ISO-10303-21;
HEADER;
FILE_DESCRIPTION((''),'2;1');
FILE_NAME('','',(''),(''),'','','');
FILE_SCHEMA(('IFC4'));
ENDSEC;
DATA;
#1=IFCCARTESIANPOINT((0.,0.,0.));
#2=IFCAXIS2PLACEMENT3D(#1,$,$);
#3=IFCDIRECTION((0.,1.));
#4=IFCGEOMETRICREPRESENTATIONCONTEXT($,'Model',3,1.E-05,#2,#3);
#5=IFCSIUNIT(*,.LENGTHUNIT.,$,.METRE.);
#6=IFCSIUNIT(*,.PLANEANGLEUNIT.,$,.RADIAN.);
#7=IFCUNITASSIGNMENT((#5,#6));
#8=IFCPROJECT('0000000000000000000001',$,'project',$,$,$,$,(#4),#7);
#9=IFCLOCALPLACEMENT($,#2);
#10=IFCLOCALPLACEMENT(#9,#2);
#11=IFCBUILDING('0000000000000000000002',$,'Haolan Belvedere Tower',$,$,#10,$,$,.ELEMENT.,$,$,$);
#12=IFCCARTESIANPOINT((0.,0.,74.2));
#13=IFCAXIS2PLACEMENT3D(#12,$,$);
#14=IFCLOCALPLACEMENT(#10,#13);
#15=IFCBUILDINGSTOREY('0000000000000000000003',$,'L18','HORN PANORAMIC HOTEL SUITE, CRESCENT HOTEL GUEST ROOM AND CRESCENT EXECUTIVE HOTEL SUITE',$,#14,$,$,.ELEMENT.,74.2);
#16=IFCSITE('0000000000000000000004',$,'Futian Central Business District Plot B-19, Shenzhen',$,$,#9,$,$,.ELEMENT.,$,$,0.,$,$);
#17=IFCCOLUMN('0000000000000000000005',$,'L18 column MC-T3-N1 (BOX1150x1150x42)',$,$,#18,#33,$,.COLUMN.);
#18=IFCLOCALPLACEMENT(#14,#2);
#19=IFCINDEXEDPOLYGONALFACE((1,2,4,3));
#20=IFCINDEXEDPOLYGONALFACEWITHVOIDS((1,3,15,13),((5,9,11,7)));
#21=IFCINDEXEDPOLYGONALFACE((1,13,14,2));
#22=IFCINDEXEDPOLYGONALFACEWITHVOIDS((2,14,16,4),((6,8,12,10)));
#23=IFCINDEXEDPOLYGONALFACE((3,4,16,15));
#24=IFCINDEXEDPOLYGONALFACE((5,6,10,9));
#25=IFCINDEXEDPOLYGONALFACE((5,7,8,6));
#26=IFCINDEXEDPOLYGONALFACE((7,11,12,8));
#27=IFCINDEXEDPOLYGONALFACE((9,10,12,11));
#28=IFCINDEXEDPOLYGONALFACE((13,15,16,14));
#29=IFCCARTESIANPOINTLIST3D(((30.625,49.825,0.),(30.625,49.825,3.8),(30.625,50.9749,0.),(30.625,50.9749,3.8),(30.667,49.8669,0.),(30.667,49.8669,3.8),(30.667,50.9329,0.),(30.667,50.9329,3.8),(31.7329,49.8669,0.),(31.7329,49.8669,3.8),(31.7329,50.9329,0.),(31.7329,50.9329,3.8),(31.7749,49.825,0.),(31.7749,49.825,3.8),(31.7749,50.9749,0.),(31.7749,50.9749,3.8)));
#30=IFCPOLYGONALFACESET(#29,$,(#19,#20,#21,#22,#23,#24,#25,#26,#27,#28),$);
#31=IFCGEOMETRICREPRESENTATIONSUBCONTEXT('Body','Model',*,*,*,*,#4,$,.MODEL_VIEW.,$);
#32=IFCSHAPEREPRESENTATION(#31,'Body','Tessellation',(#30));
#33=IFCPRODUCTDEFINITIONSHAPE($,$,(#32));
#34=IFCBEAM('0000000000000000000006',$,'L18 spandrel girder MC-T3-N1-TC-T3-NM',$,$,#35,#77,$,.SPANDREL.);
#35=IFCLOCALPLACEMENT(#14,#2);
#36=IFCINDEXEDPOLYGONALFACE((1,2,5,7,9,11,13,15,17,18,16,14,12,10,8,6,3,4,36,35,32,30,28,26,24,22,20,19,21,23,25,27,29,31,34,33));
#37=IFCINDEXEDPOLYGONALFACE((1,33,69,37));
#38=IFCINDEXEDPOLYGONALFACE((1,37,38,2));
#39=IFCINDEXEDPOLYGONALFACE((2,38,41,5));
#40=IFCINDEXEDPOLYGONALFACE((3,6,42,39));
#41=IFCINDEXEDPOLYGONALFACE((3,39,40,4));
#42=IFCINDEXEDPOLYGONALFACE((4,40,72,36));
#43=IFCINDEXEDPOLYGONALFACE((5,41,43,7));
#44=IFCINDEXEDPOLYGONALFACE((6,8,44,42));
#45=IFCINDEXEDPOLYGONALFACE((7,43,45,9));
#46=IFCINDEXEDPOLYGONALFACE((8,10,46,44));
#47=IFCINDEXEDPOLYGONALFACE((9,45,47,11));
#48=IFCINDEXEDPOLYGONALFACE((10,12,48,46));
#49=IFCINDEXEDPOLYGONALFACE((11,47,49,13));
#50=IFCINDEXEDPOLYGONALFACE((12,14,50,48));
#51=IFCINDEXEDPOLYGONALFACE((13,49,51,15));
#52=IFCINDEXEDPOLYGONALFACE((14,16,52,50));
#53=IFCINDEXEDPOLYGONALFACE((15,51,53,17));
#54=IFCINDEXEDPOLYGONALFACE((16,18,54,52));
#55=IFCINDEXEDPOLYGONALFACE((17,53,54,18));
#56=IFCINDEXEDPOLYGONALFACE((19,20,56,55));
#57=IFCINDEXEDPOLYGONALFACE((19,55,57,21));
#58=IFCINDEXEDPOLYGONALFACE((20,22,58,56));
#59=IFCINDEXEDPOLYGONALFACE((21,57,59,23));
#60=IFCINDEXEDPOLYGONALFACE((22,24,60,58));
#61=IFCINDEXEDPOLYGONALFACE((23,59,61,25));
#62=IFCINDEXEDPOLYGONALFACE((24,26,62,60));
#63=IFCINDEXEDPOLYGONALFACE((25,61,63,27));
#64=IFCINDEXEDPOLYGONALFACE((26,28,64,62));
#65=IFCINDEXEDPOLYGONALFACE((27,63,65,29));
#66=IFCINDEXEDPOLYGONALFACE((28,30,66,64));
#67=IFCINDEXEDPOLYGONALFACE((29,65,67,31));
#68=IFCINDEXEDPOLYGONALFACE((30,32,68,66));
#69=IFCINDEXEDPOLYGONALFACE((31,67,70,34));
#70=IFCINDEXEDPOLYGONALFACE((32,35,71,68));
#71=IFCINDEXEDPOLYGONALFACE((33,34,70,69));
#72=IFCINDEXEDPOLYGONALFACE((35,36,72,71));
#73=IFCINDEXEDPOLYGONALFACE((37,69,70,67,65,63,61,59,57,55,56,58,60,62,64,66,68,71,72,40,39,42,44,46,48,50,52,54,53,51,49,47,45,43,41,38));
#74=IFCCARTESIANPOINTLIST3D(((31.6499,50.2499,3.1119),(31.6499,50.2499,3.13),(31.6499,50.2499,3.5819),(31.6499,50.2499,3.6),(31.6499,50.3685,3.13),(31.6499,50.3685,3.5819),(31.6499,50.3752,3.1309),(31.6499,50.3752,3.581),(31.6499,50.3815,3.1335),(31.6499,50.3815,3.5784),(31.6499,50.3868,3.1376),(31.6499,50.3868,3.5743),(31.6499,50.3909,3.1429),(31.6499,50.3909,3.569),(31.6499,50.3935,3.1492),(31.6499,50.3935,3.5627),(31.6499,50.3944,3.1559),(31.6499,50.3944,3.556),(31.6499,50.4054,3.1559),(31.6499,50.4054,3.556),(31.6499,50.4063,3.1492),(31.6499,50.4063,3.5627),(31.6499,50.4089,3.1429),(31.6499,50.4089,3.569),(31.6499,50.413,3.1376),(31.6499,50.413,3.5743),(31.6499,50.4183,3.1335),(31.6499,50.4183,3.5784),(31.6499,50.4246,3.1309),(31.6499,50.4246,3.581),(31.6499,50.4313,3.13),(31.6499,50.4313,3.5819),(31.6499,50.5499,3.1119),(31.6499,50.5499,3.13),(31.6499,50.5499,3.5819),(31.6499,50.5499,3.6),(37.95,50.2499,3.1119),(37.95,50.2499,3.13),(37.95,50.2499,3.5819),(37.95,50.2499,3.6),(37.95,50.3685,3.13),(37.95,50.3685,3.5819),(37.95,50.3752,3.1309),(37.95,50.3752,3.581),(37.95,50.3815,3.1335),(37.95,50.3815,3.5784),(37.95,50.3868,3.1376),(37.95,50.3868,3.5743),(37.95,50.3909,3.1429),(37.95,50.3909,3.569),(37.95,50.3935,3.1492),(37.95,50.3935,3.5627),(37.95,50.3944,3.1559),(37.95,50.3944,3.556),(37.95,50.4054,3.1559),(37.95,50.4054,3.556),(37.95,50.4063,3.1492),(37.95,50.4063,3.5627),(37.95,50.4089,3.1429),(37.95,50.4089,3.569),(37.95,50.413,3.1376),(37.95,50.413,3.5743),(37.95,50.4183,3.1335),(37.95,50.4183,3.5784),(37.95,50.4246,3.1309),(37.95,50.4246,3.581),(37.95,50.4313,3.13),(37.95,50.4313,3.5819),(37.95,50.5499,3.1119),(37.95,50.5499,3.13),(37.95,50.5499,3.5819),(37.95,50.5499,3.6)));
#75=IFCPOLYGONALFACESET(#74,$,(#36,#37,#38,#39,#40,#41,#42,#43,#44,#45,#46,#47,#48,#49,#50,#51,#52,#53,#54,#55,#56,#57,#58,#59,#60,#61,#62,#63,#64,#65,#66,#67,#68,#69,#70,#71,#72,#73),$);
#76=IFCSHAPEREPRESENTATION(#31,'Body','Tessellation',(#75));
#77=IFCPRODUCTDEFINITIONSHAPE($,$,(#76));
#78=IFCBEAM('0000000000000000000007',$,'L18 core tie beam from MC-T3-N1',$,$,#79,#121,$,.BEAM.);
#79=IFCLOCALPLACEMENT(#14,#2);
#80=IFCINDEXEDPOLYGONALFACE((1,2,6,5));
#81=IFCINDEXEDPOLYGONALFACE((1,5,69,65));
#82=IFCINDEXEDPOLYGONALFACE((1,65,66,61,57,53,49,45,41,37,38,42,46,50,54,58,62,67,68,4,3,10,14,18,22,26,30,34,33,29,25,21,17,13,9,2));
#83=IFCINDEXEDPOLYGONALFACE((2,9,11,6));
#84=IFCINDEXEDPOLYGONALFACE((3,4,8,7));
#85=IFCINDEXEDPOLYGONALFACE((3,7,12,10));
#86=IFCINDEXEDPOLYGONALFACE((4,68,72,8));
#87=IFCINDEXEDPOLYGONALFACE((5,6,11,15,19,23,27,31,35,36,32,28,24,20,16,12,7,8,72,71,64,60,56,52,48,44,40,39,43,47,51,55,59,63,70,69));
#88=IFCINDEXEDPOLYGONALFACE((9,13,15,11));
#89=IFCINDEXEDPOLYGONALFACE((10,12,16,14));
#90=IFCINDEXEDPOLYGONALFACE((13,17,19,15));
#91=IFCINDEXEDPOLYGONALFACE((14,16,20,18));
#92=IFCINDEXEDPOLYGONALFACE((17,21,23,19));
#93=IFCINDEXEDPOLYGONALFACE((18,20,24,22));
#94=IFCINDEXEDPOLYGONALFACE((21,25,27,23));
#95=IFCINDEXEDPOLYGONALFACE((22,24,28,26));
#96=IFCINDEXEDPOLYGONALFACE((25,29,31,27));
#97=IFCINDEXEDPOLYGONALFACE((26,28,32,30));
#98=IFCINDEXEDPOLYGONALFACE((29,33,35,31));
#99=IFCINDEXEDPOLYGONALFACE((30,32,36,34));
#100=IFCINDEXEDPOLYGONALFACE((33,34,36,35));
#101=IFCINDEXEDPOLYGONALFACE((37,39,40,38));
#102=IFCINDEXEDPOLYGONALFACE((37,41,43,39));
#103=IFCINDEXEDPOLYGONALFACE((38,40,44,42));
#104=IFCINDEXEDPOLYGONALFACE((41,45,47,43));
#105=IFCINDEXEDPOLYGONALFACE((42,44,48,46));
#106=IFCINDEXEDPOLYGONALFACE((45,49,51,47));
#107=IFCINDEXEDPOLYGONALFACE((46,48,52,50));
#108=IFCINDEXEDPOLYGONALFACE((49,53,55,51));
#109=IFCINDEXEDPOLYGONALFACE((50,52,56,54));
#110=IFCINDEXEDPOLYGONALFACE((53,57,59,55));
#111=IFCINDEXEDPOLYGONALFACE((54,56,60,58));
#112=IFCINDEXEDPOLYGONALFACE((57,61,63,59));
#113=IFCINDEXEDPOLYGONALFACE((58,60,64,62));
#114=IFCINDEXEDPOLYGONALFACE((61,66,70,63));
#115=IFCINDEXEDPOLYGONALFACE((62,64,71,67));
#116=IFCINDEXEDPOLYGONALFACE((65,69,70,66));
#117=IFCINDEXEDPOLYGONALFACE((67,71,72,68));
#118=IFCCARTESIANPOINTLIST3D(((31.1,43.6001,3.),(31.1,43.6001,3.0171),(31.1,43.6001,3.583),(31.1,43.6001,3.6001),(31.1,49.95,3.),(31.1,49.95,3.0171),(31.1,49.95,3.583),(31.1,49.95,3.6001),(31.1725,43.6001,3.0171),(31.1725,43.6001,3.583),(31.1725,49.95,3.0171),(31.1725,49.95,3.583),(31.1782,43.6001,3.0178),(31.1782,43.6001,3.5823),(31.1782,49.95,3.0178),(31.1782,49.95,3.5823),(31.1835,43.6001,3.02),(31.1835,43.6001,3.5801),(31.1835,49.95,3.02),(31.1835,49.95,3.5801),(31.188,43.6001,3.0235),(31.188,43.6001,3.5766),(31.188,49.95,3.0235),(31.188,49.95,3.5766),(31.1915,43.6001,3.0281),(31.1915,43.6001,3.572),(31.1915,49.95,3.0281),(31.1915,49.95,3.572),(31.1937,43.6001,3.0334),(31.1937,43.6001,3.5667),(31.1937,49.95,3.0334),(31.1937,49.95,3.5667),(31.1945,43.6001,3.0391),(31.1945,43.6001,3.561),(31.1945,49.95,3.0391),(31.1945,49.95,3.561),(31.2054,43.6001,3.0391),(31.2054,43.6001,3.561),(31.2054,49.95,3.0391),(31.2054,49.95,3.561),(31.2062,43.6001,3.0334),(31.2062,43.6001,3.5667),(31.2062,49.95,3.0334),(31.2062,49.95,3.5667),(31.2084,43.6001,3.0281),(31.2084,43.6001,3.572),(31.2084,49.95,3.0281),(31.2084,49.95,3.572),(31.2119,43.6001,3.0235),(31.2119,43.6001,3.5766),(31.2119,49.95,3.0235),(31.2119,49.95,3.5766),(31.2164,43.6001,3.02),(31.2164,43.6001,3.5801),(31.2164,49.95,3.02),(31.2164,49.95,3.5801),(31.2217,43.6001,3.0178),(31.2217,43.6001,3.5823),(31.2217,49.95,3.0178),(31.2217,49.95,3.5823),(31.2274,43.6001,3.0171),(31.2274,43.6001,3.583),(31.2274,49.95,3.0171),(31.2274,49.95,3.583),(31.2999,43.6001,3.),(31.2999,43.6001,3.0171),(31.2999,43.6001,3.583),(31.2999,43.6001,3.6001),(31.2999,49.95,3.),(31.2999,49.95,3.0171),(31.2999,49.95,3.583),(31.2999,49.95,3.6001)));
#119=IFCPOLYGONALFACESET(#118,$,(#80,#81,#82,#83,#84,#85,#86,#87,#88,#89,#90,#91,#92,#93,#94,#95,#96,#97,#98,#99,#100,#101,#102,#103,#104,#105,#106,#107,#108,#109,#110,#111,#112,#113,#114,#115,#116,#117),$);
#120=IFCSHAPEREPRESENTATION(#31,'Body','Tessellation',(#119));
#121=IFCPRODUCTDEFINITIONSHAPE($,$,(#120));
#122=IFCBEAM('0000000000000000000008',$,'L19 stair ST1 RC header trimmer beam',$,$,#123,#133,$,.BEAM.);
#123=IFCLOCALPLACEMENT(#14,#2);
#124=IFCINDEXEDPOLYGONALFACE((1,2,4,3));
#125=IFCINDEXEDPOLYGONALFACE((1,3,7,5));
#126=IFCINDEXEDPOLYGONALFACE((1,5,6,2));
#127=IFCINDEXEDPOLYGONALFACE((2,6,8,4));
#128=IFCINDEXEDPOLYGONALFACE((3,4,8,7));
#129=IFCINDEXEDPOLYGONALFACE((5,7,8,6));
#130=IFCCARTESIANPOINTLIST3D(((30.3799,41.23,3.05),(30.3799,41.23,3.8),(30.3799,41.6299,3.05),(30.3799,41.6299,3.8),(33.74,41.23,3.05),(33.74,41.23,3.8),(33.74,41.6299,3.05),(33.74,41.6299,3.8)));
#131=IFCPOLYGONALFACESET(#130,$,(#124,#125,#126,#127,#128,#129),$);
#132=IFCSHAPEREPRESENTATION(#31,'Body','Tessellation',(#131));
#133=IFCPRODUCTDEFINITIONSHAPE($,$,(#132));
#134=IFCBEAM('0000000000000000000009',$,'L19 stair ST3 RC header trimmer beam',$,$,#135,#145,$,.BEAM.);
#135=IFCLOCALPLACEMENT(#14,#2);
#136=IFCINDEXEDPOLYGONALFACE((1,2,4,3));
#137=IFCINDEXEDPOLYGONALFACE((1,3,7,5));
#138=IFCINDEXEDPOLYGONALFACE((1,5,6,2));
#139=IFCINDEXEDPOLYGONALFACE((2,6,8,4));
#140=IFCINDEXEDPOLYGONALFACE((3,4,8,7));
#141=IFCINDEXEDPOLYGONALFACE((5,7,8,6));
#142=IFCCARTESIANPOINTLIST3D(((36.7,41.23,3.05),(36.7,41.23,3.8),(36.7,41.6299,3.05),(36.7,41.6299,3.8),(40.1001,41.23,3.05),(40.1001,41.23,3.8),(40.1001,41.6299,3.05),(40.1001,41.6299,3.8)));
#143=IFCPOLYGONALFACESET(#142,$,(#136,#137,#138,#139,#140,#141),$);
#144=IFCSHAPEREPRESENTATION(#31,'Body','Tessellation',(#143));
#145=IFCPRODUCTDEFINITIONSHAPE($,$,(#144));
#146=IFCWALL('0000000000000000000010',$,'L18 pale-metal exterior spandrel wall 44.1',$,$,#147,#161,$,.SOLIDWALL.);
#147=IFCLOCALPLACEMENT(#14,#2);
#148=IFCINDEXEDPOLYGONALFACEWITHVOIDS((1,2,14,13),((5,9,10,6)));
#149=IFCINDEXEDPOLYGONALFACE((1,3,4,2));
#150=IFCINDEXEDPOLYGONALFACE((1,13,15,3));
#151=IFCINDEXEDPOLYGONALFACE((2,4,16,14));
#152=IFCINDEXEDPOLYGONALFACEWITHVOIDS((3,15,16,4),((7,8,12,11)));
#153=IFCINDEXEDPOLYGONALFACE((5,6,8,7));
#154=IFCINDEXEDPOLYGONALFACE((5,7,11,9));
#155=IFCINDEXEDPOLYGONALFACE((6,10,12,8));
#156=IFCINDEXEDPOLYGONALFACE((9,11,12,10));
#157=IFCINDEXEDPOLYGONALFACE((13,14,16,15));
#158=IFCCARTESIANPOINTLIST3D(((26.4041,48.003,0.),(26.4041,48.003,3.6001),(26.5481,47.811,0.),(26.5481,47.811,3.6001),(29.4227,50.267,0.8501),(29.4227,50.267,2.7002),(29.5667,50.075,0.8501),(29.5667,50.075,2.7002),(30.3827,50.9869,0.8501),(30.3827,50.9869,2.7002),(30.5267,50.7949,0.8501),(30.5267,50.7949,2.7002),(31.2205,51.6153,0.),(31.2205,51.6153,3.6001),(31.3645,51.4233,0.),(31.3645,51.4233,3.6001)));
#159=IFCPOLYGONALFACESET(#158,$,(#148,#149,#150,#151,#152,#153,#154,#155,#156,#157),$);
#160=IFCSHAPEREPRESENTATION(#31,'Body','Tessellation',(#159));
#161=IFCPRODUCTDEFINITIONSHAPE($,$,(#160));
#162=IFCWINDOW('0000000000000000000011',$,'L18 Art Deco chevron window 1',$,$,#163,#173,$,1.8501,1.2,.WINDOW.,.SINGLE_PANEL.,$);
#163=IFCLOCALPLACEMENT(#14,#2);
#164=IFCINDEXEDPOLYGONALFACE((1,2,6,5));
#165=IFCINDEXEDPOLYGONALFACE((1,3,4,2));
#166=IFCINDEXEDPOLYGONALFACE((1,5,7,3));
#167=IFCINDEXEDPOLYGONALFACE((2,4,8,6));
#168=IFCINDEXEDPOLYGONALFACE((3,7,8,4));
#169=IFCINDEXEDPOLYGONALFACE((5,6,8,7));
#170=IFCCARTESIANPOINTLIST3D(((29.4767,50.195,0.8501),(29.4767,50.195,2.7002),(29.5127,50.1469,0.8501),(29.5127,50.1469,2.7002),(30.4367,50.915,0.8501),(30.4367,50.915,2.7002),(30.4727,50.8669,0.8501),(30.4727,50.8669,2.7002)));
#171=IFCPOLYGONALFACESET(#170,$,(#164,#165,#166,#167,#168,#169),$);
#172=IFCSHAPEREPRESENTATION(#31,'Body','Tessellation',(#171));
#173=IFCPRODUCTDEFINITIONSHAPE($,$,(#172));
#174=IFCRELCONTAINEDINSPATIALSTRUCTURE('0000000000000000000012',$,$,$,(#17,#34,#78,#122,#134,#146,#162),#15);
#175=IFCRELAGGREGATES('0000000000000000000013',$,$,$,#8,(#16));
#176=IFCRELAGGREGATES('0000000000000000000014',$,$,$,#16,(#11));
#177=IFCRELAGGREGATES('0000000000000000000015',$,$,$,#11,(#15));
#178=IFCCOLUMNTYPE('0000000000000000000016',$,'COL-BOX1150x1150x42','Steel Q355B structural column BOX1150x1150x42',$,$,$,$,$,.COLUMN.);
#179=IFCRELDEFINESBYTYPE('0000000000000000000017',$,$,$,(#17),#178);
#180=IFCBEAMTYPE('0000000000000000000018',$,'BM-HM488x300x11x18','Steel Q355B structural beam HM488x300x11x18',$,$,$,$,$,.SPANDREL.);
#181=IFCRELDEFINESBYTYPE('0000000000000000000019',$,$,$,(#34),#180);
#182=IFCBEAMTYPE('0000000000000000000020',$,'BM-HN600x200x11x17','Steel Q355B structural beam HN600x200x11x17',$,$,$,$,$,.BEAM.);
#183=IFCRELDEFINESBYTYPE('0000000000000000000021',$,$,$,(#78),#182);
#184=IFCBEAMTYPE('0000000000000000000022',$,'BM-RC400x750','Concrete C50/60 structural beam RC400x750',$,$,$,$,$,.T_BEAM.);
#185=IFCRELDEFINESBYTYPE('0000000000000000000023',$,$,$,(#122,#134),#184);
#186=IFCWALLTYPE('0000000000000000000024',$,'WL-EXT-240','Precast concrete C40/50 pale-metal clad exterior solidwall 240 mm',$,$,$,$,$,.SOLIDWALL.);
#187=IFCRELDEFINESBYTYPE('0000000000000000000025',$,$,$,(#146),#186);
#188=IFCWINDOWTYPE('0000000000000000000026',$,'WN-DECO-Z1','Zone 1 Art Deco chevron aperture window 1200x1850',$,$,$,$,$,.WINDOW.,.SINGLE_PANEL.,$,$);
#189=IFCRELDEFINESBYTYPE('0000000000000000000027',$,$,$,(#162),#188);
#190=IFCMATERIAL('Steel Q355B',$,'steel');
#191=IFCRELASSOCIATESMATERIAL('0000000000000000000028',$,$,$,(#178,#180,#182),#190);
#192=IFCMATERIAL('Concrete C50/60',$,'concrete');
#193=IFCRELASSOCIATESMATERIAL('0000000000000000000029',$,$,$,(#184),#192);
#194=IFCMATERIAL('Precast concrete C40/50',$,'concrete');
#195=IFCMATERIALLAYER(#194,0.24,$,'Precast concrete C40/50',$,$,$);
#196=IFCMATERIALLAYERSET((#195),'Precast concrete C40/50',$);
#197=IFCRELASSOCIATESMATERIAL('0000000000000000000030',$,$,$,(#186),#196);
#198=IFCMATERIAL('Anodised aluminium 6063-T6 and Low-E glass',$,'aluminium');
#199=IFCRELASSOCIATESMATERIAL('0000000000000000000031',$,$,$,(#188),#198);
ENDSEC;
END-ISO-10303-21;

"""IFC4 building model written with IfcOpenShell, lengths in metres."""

from ifc_helpers import new_model, si_unit, direction, frame, frame_2d, origin, origin_2d, place, context, subcontext, project, spatial, rectangle, hollow_rectangle, i_section, extrude, material, layer, layer_set, material_profile, profile_set, type_object, element, fill, save


model = new_model("IFC4")

# Units and contexts
model_context = context("Model", 3, precision=1e-05, world=origin(), true_north=direction((0.0, 1.0)))
body_context = subcontext(model_context, "Body", "Model", "MODEL_VIEW")
ifc_project = project(units=[si_unit("LENGTHUNIT", "METRE"), si_unit("PLANEANGLEUNIT", "RADIAN")], contexts=[model_context])

# Site, building, storey
site_placement = place(None, origin())
site = spatial("IfcSite", under=ifc_project, at=site_placement, Name="Futian Central Business District Plot B-19, Shenzhen", CompositionType="ELEMENT", RefElevation=0.0)
building_placement = place(site_placement, origin())
building = spatial("IfcBuilding", under=site, at=building_placement, Name="Haolan Belvedere Tower", CompositionType="ELEMENT")
storey_placement = place(building_placement, frame((0.0, 0.0, 74.2)))
storey = spatial("IfcBuildingStorey", under=building, at=storey_placement, Name="L18", Description="HORN PANORAMIC HOTEL SUITE, CRESCENT HOTEL GUEST ROOM AND CRESCENT EXECUTIVE HOTEL SUITE", CompositionType="ELEMENT", Elevation=74.2)

# Column
ifc_material_1 = material(Name="Steel Q355B", Category="steel")
ifc_material_profile_1 = material_profile(ifc_material_1, hollow_rectangle(XDim=1.1499, YDim=1.1499, WallThickness=0.042, at=origin_2d()), Name="Steel Q355B")
ifc_profile_set_1 = profile_set([ifc_material_profile_1], Name="Steel Q355B")
column_type = type_object("IfcColumnType", Name="COL-BOX1150x1150x42", Description="Steel Q355B structural column BOX1150x1150x42", PredefinedType="COLUMN", material=ifc_profile_set_1)
column_placement = place(storey_placement, frame((31.2, 50.3999, 0.0), z_axis=(0.0, 0.0, 1.0), x_axis=(1.0, 0.0, 0.0)))
element("IfcColumn", 1, at=column_placement, inside=storey, type_object=column_type, Name="L18 column MC-T3-N1 (BOX1150x1150x42)", PredefinedType="COLUMN", context=body_context, shape_type="SweptSolid", body=[
    extrude(hollow_rectangle(XDim=1.1499, YDim=1.1499, WallThickness=0.042, at=origin_2d()), origin(), (0.0, 0.0, 1.0), 3.8),
])

# Beams
ifc_material_profile_2 = material_profile(ifc_material_1, i_section(OverallWidth=0.3, OverallDepth=0.488, WebThickness=0.011, FlangeThickness=0.0181, FilletRadius=0.0259, at=origin_2d()), Name="Steel Q355B")
ifc_profile_set_2 = profile_set([ifc_material_profile_2], Name="Steel Q355B")
beam_type_1 = type_object("IfcBeamType", Name="BM-HM488x300x11x18", Description="Steel Q355B structural beam HM488x300x11x18", PredefinedType="SPANDREL", material=ifc_profile_set_2)
beam_1_placement = place(storey_placement, frame((31.6499, 50.3999, 3.356), z_axis=(1.0, 0.0, 0.0), x_axis=(0.0, 1.0, 0.0)))
element("IfcBeam", 2, at=beam_1_placement, inside=storey, type_object=beam_type_1, Name="L18 spandrel girder MC-T3-N1-TC-T3-NM", PredefinedType="SPANDREL", context=body_context, shape_type="SweptSolid", body=[
    extrude(i_section(OverallWidth=0.3, OverallDepth=0.488, WebThickness=0.011, FlangeThickness=0.0181, FilletRadius=0.0259, at=origin_2d()), origin(), (0.0, 0.0, 1.0), 6.3),
])
ifc_material_profile_3 = material_profile(ifc_material_1, i_section(OverallWidth=0.2, OverallDepth=0.6001, WebThickness=0.011, FlangeThickness=0.0171, FilletRadius=0.022, at=origin_2d()), Name="Steel Q355B")
ifc_profile_set_3 = profile_set([ifc_material_profile_3], Name="Steel Q355B")
beam_type_2 = type_object("IfcBeamType", Name="BM-HN600x200x11x17", Description="Steel Q355B structural beam HN600x200x11x17", PredefinedType="BEAM", material=ifc_profile_set_3)
beam_2_placement = place(storey_placement, frame((31.2, 49.95, 3.3), z_axis=(0.0, -1.0, 0.0), x_axis=(1.0, 0.0, 0.0)))
element("IfcBeam", 3, at=beam_2_placement, inside=storey, type_object=beam_type_2, Name="L18 core tie beam from MC-T3-N1", PredefinedType="BEAM", context=body_context, shape_type="SweptSolid", body=[
    extrude(i_section(OverallWidth=0.2, OverallDepth=0.6001, WebThickness=0.011, FlangeThickness=0.0171, FilletRadius=0.022, at=origin_2d()), origin(), (0.0, 0.0, 1.0), 6.3499),
])
ifc_material_2 = material(Name="Concrete C50/60", Category="concrete")
ifc_material_profile_4 = material_profile(ifc_material_2, rectangle(XDim=0.3999, YDim=0.75, at=origin_2d()), Name="Concrete C50/60")
ifc_profile_set_4 = profile_set([ifc_material_profile_4], Name="Concrete C50/60")
beam_type_3 = type_object("IfcBeamType", Name="BM-RC400x750", Description="Concrete C50/60 structural beam RC400x750", PredefinedType="T_BEAM", material=ifc_profile_set_4)
beam_3_placement = place(storey_placement, frame((30.3799, 41.4299, 3.425), z_axis=(1.0, 0.0, 0.0), x_axis=(0.0, 1.0, 0.0)))
element("IfcBeam", 4, at=beam_3_placement, inside=storey, type_object=beam_type_3, Name="L19 stair ST1 RC header trimmer beam", PredefinedType="BEAM", context=body_context, shape_type="SweptSolid", body=[
    extrude(rectangle(XDim=0.3999, YDim=0.75, at=origin_2d()), origin(), (0.0, 0.0, 1.0), 3.3601),
])
beam_4_placement = place(storey_placement, frame((36.7, 41.4299, 3.425), z_axis=(1.0, 0.0, 0.0), x_axis=(0.0, 1.0, 0.0)))
element("IfcBeam", 5, at=beam_4_placement, inside=storey, type_object=beam_type_3, Name="L19 stair ST3 RC header trimmer beam", PredefinedType="BEAM", context=body_context, shape_type="SweptSolid", body=[
    extrude(rectangle(XDim=0.3999, YDim=0.75, at=origin_2d()), origin(), (0.0, 0.0, 1.0), 3.4001),
])

# Wall, opening, window
ifc_material_3 = material(Name="Precast concrete C40/50", Category="concrete")
ifc_layer_1 = layer(ifc_material_3, 0.24, Name="Precast concrete C40/50")
ifc_layer_set_1 = layer_set([ifc_layer_1], Name="Precast concrete C40/50")
wall_type_1 = type_object("IfcWallType", Name="WL-EXT-240", Description="Precast concrete C40/50 pale-metal clad exterior solidwall 240 mm", PredefinedType="SOLIDWALL", material=ifc_layer_set_1)
wall_1_placement = place(storey_placement, frame((31.2925, 51.5193, 0.0), z_axis=(0.0, 0.0, 1.0), x_axis=(-0.8, -0.6, 0.0)))
wall_1 = element("IfcWall", 6, at=wall_1_placement, inside=storey, type_object=wall_type_1, Name="L18 pale-metal exterior spandrel wall 44.1", PredefinedType="SOLIDWALL", context=body_context, shape_type="SweptSolid", body=[
    extrude(rectangle(XDim=6.0205, YDim=0.24, at=frame_2d((3.0103, 0.0))), origin(), (0.0, 0.0, 1.0), 3.6001),
])
opening_1_placement = place(wall_1_placement, frame((1.0471, 0.0, 0.8501)))
opening_1 = element("IfcOpeningElement", 7, at=opening_1_placement, cuts=wall_1, PredefinedType="OPENING", context=body_context, shape_type="SweptSolid", body=[
    extrude(rectangle(XDim=1.2, YDim=1.8501, at=frame_2d((0.6001, 0.925))), frame((0.0, 0.1299, 0.0), z_axis=(0.0, -1.0, 0.0), x_axis=(1.0, 0.0, 0.0)), (0.0, 0.0, 1.0), 0.26),
])
ifc_material_4 = material(Name="Anodised aluminium 6063-T6 and Low-E glass", Category="aluminium")
window_type = type_object("IfcWindowType", Name="WN-DECO-Z1", Description="Zone 1 Art Deco chevron aperture window 1200x1850", PartitioningType="SINGLE_PANEL", PredefinedType="WINDOW", material=ifc_material_4)
window_placement = place(opening_1_placement, origin())
window = element("IfcWindow", 8, at=window_placement, inside=storey, type_object=window_type, Name="L18 Art Deco chevron window 1", OverallHeight=1.8501, OverallWidth=1.2, PartitioningType="SINGLE_PANEL", PredefinedType="WINDOW", context=body_context, shape_type="SweptSolid", body=[
    extrude(rectangle(XDim=1.2, YDim=1.8501, at=frame_2d((0.6001, 0.925))), frame((0.0, 0.03, 0.0), z_axis=(0.0, -1.0, 0.0), x_axis=(1.0, 0.0, 0.0)), (0.0, 0.0, 1.0), 0.0601),
])
fill(opening_1, window)

save(model, "model.ifc")
